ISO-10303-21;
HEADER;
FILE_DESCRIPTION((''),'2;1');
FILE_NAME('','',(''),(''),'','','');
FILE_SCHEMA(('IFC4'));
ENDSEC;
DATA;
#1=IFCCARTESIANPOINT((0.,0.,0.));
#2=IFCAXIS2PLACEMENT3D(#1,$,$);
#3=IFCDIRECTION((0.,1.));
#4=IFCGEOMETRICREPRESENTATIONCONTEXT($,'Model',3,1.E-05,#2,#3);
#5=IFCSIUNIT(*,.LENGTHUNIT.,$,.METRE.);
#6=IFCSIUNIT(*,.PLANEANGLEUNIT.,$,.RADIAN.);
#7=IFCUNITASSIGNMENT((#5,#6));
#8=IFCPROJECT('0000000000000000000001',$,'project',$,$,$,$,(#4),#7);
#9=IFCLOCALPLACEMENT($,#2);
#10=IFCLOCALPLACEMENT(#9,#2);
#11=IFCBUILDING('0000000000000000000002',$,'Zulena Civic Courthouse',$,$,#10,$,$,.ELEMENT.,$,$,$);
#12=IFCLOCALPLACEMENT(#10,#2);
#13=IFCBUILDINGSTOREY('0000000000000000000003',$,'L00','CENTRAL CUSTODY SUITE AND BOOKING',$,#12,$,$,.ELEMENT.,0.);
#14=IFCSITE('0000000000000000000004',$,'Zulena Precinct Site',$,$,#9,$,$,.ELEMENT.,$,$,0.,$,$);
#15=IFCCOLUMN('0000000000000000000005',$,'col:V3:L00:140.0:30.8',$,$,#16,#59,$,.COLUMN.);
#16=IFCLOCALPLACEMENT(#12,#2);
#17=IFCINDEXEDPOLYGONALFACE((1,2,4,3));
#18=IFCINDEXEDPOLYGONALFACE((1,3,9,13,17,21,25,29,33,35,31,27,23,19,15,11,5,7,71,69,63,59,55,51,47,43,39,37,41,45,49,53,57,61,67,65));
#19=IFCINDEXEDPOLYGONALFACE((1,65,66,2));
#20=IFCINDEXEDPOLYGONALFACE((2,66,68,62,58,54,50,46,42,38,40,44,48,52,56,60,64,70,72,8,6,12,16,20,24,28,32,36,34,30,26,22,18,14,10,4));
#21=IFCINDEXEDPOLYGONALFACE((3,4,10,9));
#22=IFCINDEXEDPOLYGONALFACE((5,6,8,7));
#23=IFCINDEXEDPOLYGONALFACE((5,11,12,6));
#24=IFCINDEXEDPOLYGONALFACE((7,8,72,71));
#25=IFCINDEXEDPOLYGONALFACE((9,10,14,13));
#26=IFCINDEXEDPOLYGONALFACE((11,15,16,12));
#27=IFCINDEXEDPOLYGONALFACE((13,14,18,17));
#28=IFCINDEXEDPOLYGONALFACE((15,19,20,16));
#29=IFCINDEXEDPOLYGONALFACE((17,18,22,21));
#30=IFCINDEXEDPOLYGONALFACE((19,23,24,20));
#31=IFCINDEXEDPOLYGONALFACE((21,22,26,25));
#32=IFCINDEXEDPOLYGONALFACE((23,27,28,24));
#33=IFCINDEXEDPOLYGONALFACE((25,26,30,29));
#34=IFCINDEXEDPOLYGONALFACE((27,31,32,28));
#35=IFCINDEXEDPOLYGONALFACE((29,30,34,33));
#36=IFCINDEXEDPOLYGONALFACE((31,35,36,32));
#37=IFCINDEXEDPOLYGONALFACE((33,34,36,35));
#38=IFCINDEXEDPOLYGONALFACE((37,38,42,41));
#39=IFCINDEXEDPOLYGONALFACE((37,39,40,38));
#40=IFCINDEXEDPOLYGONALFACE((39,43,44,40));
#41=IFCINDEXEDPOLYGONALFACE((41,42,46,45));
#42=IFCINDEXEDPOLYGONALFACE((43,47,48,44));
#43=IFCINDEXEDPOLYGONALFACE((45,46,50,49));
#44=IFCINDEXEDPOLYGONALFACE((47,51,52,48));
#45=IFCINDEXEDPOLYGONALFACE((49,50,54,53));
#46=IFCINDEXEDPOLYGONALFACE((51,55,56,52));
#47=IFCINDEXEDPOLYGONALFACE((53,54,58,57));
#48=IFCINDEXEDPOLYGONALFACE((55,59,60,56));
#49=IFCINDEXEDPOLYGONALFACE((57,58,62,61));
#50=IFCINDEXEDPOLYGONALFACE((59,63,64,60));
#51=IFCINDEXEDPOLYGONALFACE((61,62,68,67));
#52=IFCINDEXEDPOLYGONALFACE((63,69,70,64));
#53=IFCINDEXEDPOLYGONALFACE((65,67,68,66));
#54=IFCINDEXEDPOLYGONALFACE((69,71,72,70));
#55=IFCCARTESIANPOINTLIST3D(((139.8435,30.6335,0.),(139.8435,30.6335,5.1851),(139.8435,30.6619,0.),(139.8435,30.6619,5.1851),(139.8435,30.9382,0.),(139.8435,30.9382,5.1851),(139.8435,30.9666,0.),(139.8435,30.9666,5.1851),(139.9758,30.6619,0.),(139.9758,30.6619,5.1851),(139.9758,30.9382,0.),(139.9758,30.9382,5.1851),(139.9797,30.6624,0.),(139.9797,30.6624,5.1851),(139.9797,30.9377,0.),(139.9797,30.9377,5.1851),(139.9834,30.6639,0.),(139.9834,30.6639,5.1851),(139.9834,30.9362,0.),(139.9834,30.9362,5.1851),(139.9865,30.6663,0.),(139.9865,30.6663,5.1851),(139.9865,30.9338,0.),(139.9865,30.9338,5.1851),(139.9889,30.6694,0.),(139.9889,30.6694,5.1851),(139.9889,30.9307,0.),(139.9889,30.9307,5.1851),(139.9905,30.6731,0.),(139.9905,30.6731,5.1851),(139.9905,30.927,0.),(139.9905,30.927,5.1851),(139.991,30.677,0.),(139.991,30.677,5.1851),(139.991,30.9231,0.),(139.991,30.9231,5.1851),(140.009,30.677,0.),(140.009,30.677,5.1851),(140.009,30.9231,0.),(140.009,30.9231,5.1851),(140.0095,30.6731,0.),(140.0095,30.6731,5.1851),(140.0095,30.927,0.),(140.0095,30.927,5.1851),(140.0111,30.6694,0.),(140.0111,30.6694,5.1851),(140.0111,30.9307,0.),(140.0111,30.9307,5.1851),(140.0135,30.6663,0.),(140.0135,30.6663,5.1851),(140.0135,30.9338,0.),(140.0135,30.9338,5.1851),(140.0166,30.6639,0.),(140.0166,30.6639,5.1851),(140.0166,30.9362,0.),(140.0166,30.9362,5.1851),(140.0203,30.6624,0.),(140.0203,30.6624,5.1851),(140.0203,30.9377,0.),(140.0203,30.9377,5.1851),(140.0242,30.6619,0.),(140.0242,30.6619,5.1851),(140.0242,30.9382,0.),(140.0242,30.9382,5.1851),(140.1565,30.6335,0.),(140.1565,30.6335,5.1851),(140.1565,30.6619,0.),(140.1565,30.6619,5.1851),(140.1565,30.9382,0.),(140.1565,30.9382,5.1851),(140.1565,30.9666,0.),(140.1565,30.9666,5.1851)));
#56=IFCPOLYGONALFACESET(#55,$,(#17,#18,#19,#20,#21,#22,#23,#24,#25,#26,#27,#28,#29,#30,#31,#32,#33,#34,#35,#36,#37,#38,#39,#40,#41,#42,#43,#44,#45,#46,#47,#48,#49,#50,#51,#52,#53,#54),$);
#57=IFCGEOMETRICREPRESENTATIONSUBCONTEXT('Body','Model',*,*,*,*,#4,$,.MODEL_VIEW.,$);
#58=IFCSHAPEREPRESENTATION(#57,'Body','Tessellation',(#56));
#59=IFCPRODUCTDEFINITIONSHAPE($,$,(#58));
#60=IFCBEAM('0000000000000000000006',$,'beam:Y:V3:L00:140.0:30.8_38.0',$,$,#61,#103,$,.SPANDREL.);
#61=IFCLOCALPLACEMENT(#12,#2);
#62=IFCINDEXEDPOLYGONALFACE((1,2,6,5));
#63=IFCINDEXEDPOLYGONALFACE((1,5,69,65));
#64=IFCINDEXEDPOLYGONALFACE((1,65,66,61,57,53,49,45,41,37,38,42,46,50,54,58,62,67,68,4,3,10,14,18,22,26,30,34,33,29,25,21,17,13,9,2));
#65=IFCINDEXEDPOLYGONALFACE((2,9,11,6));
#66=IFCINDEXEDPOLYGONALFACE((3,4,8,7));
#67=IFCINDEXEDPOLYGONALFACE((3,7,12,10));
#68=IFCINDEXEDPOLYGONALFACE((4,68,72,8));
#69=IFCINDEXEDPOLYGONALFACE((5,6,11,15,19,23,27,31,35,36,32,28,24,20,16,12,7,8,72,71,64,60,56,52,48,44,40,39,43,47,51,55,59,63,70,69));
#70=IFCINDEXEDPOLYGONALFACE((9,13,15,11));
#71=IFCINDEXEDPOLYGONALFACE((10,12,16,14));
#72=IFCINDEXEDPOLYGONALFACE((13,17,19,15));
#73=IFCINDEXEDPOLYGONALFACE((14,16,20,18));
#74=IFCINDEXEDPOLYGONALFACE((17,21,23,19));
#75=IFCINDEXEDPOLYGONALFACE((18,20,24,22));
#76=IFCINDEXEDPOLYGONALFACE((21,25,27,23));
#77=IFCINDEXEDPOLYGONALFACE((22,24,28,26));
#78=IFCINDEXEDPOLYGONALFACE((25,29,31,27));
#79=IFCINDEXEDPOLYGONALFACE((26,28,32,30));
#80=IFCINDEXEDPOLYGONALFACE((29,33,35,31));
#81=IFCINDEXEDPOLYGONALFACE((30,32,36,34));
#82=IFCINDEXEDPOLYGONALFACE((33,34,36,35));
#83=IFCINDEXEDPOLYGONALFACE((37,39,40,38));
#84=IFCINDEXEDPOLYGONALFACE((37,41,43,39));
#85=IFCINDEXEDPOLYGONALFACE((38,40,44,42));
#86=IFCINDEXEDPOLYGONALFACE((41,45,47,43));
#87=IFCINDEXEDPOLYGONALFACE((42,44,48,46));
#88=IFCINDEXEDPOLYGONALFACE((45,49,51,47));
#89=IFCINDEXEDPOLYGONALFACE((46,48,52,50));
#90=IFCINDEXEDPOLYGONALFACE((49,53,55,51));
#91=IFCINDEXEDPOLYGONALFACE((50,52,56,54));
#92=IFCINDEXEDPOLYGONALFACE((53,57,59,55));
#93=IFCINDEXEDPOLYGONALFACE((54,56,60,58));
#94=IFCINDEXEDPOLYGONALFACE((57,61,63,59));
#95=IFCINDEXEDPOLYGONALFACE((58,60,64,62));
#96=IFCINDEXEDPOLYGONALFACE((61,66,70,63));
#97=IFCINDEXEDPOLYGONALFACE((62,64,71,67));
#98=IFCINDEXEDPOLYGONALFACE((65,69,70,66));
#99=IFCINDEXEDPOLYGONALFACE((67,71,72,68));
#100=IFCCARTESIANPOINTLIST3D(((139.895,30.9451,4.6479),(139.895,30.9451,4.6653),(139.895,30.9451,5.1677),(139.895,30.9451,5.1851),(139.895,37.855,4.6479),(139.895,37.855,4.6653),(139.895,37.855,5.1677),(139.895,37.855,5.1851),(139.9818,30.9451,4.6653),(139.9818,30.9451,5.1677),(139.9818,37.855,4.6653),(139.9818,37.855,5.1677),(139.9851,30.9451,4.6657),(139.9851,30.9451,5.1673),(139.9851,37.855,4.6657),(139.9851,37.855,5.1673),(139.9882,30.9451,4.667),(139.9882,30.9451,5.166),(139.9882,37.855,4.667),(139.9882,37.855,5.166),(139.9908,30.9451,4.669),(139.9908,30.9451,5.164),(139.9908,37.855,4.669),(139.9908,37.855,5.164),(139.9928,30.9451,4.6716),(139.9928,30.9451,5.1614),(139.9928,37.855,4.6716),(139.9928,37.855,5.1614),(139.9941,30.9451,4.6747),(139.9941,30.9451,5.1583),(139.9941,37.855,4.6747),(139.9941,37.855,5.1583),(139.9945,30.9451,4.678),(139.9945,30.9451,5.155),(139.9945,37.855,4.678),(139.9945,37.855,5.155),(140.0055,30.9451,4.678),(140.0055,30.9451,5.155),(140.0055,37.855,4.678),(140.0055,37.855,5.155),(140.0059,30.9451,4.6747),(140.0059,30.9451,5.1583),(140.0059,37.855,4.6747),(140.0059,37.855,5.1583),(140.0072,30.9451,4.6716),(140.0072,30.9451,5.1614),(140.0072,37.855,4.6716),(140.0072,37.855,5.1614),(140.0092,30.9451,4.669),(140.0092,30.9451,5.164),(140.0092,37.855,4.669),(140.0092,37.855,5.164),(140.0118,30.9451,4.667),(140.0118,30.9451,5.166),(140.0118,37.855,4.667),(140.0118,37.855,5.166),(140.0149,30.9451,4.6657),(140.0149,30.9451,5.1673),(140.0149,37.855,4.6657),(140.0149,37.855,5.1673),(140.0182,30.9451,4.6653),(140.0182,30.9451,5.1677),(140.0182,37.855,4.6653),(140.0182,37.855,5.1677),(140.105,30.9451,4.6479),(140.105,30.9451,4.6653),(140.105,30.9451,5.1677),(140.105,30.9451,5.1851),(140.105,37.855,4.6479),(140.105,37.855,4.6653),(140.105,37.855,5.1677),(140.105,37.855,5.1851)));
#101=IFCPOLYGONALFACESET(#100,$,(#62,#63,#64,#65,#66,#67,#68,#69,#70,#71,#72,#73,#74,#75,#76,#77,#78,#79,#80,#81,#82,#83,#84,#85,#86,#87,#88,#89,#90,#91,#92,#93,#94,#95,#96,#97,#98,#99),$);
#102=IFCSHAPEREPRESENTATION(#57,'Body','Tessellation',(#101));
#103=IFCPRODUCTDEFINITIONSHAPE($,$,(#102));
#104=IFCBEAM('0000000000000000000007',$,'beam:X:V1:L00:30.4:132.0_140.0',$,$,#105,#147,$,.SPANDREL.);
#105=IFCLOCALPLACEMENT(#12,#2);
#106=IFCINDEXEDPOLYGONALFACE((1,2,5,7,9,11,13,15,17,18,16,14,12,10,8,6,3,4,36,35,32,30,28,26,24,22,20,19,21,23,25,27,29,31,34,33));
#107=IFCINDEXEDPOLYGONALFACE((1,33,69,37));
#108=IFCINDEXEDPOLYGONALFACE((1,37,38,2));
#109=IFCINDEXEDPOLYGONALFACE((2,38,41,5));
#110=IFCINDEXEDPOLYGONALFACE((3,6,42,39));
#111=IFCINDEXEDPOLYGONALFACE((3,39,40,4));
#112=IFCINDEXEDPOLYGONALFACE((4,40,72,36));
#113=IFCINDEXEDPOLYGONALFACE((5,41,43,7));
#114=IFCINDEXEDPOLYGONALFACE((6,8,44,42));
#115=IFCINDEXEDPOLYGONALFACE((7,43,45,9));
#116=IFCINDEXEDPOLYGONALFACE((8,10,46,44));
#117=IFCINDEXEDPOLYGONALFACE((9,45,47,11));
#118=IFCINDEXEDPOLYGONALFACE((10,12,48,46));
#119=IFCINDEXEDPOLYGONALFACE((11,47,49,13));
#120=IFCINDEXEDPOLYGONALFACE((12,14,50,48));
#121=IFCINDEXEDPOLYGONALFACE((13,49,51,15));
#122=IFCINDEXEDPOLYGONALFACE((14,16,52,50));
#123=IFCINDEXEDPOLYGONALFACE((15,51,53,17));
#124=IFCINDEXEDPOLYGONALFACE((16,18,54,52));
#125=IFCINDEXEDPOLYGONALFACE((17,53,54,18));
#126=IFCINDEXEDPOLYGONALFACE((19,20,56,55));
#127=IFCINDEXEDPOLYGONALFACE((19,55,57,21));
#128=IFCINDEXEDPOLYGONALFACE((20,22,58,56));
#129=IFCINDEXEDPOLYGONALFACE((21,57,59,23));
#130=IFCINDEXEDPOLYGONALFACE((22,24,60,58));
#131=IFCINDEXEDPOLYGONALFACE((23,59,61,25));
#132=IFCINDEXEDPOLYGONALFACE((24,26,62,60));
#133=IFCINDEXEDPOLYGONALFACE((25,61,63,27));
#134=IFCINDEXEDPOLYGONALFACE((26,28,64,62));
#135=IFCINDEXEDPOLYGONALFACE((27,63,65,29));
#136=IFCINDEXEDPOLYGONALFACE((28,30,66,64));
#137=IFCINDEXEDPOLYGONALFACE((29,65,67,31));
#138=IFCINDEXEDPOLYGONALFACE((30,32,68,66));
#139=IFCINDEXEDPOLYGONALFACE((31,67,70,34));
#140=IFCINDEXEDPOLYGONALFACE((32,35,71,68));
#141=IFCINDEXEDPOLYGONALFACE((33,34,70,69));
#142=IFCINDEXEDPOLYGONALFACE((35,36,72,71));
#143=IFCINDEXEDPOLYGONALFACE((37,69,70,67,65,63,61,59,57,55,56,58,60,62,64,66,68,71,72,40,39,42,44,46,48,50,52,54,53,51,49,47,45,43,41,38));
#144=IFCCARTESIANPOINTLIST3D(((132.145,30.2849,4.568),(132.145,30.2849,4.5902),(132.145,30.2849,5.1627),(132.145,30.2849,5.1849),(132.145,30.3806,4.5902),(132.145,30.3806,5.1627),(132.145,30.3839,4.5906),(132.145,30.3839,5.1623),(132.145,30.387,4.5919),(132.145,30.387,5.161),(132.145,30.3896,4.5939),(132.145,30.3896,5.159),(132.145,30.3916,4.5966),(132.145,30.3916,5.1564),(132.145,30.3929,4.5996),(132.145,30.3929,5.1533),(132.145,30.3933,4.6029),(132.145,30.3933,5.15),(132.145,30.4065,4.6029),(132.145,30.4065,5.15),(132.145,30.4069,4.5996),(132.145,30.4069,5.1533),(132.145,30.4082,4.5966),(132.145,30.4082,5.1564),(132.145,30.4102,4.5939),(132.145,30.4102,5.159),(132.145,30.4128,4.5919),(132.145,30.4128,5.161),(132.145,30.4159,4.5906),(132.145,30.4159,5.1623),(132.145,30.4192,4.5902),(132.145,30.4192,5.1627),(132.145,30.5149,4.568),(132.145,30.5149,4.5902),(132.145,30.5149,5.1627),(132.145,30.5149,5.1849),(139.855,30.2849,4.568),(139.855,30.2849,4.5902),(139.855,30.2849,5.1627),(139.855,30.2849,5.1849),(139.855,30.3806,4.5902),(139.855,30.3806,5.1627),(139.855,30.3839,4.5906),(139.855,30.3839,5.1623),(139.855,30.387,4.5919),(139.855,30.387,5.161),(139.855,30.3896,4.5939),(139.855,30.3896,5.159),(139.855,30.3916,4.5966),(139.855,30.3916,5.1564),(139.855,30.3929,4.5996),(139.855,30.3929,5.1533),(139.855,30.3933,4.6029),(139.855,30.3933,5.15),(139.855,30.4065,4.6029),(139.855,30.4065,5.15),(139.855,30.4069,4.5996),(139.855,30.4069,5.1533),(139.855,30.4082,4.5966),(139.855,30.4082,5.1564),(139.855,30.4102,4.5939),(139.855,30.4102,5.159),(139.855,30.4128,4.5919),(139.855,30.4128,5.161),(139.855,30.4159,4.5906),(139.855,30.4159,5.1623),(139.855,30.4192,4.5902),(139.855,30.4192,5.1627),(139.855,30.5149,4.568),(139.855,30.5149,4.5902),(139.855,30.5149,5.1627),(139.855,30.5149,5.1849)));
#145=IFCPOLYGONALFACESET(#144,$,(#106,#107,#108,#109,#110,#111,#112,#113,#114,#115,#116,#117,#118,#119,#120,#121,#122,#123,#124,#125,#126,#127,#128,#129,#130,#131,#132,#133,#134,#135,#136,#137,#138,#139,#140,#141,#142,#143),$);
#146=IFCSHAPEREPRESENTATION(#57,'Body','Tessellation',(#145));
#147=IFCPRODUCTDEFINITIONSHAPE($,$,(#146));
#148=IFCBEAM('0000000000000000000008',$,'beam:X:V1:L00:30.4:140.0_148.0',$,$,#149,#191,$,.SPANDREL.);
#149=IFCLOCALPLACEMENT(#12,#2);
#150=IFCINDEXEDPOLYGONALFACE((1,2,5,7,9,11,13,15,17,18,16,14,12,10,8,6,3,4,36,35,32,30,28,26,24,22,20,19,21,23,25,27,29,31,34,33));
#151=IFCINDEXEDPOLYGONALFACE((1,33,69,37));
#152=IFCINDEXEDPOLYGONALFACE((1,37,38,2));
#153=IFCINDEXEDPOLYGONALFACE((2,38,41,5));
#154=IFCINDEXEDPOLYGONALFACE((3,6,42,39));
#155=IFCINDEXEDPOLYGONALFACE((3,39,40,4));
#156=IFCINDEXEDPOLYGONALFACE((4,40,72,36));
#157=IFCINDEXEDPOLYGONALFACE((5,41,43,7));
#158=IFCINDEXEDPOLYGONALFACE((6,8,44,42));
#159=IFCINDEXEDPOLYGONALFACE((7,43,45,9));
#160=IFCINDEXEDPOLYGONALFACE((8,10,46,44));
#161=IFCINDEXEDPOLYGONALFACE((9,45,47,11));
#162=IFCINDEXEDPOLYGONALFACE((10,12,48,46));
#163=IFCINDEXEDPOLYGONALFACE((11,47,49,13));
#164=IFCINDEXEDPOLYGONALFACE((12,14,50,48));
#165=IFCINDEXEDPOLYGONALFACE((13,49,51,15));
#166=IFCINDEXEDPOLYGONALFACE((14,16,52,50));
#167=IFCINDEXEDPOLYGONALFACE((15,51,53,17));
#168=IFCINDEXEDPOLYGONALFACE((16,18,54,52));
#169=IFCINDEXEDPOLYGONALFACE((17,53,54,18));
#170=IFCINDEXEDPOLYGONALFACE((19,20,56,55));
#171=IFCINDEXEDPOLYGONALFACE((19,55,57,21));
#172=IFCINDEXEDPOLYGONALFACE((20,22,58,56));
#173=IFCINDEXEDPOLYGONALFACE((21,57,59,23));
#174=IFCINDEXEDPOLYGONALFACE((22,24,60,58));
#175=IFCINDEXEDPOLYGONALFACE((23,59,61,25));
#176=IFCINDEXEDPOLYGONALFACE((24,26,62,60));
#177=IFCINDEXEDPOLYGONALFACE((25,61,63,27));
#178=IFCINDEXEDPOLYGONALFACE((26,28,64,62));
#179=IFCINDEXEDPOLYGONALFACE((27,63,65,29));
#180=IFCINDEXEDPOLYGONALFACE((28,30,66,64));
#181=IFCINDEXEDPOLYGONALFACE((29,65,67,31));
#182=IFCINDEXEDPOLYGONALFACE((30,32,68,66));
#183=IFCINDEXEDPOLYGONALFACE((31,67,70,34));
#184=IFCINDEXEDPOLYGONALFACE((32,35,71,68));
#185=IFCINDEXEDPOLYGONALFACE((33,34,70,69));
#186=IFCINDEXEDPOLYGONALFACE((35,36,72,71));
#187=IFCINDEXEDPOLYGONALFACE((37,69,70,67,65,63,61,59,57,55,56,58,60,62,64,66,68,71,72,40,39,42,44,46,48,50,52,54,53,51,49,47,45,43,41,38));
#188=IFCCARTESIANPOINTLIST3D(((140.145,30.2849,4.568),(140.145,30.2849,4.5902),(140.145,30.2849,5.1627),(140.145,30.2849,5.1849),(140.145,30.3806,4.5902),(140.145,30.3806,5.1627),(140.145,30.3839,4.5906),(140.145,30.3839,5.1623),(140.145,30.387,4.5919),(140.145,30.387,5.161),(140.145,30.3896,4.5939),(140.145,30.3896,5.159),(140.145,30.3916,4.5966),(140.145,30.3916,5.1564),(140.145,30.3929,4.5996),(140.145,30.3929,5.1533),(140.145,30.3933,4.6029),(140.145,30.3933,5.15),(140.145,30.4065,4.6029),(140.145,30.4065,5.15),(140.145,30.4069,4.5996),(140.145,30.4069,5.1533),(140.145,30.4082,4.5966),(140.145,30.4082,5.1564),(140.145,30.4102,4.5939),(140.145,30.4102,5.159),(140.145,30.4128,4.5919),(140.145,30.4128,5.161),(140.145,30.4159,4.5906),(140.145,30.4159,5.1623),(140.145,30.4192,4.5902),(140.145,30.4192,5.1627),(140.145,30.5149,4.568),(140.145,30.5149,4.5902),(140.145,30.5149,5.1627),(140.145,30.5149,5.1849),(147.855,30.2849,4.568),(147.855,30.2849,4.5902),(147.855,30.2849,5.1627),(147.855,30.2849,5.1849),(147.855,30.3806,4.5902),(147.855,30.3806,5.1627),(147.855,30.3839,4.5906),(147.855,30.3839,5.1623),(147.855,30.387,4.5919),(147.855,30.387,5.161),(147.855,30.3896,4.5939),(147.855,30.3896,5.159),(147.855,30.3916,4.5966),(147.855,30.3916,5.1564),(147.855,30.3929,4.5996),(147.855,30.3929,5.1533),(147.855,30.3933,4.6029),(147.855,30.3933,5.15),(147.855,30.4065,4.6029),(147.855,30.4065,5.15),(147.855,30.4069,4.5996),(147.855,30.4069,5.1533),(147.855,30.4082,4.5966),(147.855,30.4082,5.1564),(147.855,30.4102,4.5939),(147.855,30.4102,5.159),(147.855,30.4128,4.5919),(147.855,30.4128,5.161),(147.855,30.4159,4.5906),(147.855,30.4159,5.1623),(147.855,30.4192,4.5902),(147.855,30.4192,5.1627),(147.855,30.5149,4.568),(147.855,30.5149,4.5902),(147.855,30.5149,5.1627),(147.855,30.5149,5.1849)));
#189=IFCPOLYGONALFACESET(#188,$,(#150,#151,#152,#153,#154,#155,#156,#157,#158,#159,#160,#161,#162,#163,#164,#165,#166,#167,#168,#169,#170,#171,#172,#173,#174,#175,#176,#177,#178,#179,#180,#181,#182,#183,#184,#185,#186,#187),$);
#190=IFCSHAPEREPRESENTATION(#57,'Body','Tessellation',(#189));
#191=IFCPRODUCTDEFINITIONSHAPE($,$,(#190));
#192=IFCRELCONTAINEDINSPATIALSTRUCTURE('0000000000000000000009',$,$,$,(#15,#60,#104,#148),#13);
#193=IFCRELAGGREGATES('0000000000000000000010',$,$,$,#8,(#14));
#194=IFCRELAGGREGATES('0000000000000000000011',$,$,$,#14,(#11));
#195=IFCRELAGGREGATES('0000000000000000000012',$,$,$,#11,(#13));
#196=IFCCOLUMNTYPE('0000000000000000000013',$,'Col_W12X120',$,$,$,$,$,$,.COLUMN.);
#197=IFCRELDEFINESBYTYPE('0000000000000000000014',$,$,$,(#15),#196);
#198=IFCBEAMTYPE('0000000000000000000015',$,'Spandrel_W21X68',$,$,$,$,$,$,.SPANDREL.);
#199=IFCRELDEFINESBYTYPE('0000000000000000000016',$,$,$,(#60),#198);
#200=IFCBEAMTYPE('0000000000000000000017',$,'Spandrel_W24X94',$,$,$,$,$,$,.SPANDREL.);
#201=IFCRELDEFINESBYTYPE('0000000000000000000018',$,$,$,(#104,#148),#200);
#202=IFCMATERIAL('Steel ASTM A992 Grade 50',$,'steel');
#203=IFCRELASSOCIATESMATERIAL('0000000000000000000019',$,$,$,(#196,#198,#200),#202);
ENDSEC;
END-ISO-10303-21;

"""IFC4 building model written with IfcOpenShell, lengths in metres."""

from ifc_helpers import new_model, si_unit, direction, frame, origin, origin_2d, place, context, subcontext, project, spatial, i_section, extrude, material, material_profile, profile_set, type_object, element, save


model = new_model("IFC4")

# Units and contexts
model_context = context("Model", 3, precision=1e-05, world=origin(), true_north=direction((0.0, 1.0)))
body_context = subcontext(model_context, "Body", "Model", "MODEL_VIEW")
ifc_project = project(units=[si_unit("LENGTHUNIT", "METRE"), si_unit("PLANEANGLEUNIT", "RADIAN")], contexts=[model_context])

# Site, building, storey
site_placement = place(None, origin())
site = spatial("IfcSite", under=ifc_project, at=site_placement, Name="Zulena Precinct Site", CompositionType="ELEMENT", RefElevation=0.0)
building_placement = place(site_placement, origin())
building = spatial("IfcBuilding", under=site, at=building_placement, Name="Zulena Civic Courthouse", CompositionType="ELEMENT")
storey_placement = place(building_placement, origin())
storey = spatial("IfcBuildingStorey", under=building, at=storey_placement, Name="L00", Description="CENTRAL CUSTODY SUITE AND BOOKING", CompositionType="ELEMENT", Elevation=0.0)

# Column
ifc_material_1 = material(Name="Steel ASTM A992 Grade 50", Category="steel")
ifc_material_profile_1 = material_profile(ifc_material_1, i_section(OverallWidth=0.313, OverallDepth=0.333, WebThickness=0.0181, FlangeThickness=0.0283, FilletRadius=0.0151, at=origin_2d()), Name="W12X120")
ifc_profile_set_1 = profile_set([ifc_material_profile_1], Name="Steel ASTM A992 Grade 50")
column_type = type_object("IfcColumnType", Name="Col_W12X120", PredefinedType="COLUMN", material=ifc_profile_set_1)
for number, where, z_axis, x_axis, name in (
    (1, (140.0, 30.8, 0.0), (0.0, 0.0, 1.0), (1.0, 0.0, 0.0), "col:V3:L00:140.0:30.8"),
):
    element("IfcColumn", number, at=place(storey_placement, frame(where, z_axis=z_axis, x_axis=x_axis)), inside=storey, type_object=column_type, Name=name, PredefinedType="COLUMN", context=body_context, shape_type="SweptSolid", body=[
        extrude(i_section(OverallWidth=0.313, OverallDepth=0.333, WebThickness=0.0181, FlangeThickness=0.0283, FilletRadius=0.0151, at=origin_2d()), origin(), (0.0, 0.0, 1.0), 5.1851),
    ])

# Beams
ifc_material_profile_2 = material_profile(ifc_material_1, i_section(OverallWidth=0.21, OverallDepth=0.5371, WebThickness=0.011, FlangeThickness=0.0173, FilletRadius=0.0127, at=origin_2d()), Name="W21X68")
ifc_profile_set_2 = profile_set([ifc_material_profile_2], Name="Steel ASTM A992 Grade 50")
beam_type_1 = type_object("IfcBeamType", Name="Spandrel_W21X68", PredefinedType="SPANDREL", material=ifc_profile_set_2)
beam_placement = place(storey_placement, frame((140.0, 30.9451, 4.9165), z_axis=(0.0, 1.0, 0.0), x_axis=(-1.0, 0.0, 0.0)))
element("IfcBeam", 2, at=beam_placement, inside=storey, type_object=beam_type_1, Name="beam:Y:V3:L00:140.0:30.8_38.0", PredefinedType="SPANDREL", context=body_context, shape_type="SweptSolid", body=[
    extrude(i_section(OverallWidth=0.21, OverallDepth=0.5371, WebThickness=0.011, FlangeThickness=0.0173, FilletRadius=0.0127, at=origin_2d()), origin(), (0.0, 0.0, 1.0), 6.9099),
])
ifc_material_profile_3 = material_profile(ifc_material_1, i_section(OverallWidth=0.23, OverallDepth=0.6169, WebThickness=0.0132, FlangeThickness=0.0222, FilletRadius=0.0127, at=origin_2d()), Name="W24X94")
ifc_profile_set_3 = profile_set([ifc_material_profile_3], Name="Steel ASTM A992 Grade 50")
beam_type_2 = type_object("IfcBeamType", Name="Spandrel_W24X94", PredefinedType="SPANDREL", material=ifc_profile_set_3)
for number, where, z_axis, x_axis, name in (
    (3, (132.145, 30.3999, 4.8765), (1.0, 0.0, 0.0), (0.0, 1.0, 0.0), "beam:X:V1:L00:30.4:132.0_140.0"),
    (4, (140.145, 30.3999, 4.8765), (1.0, 0.0, 0.0), (0.0, 1.0, 0.0), "beam:X:V1:L00:30.4:140.0_148.0"),
):
    element("IfcBeam", number, at=place(storey_placement, frame(where, z_axis=z_axis, x_axis=x_axis)), inside=storey, type_object=beam_type_2, Name=name, PredefinedType="SPANDREL", context=body_context, shape_type="SweptSolid", body=[
        extrude(i_section(OverallWidth=0.23, OverallDepth=0.6169, WebThickness=0.0132, FlangeThickness=0.0222, FilletRadius=0.0127, at=origin_2d()), origin(), (0.0, 0.0, 1.0), 7.71),
    ])

save(model, "model.ifc")
